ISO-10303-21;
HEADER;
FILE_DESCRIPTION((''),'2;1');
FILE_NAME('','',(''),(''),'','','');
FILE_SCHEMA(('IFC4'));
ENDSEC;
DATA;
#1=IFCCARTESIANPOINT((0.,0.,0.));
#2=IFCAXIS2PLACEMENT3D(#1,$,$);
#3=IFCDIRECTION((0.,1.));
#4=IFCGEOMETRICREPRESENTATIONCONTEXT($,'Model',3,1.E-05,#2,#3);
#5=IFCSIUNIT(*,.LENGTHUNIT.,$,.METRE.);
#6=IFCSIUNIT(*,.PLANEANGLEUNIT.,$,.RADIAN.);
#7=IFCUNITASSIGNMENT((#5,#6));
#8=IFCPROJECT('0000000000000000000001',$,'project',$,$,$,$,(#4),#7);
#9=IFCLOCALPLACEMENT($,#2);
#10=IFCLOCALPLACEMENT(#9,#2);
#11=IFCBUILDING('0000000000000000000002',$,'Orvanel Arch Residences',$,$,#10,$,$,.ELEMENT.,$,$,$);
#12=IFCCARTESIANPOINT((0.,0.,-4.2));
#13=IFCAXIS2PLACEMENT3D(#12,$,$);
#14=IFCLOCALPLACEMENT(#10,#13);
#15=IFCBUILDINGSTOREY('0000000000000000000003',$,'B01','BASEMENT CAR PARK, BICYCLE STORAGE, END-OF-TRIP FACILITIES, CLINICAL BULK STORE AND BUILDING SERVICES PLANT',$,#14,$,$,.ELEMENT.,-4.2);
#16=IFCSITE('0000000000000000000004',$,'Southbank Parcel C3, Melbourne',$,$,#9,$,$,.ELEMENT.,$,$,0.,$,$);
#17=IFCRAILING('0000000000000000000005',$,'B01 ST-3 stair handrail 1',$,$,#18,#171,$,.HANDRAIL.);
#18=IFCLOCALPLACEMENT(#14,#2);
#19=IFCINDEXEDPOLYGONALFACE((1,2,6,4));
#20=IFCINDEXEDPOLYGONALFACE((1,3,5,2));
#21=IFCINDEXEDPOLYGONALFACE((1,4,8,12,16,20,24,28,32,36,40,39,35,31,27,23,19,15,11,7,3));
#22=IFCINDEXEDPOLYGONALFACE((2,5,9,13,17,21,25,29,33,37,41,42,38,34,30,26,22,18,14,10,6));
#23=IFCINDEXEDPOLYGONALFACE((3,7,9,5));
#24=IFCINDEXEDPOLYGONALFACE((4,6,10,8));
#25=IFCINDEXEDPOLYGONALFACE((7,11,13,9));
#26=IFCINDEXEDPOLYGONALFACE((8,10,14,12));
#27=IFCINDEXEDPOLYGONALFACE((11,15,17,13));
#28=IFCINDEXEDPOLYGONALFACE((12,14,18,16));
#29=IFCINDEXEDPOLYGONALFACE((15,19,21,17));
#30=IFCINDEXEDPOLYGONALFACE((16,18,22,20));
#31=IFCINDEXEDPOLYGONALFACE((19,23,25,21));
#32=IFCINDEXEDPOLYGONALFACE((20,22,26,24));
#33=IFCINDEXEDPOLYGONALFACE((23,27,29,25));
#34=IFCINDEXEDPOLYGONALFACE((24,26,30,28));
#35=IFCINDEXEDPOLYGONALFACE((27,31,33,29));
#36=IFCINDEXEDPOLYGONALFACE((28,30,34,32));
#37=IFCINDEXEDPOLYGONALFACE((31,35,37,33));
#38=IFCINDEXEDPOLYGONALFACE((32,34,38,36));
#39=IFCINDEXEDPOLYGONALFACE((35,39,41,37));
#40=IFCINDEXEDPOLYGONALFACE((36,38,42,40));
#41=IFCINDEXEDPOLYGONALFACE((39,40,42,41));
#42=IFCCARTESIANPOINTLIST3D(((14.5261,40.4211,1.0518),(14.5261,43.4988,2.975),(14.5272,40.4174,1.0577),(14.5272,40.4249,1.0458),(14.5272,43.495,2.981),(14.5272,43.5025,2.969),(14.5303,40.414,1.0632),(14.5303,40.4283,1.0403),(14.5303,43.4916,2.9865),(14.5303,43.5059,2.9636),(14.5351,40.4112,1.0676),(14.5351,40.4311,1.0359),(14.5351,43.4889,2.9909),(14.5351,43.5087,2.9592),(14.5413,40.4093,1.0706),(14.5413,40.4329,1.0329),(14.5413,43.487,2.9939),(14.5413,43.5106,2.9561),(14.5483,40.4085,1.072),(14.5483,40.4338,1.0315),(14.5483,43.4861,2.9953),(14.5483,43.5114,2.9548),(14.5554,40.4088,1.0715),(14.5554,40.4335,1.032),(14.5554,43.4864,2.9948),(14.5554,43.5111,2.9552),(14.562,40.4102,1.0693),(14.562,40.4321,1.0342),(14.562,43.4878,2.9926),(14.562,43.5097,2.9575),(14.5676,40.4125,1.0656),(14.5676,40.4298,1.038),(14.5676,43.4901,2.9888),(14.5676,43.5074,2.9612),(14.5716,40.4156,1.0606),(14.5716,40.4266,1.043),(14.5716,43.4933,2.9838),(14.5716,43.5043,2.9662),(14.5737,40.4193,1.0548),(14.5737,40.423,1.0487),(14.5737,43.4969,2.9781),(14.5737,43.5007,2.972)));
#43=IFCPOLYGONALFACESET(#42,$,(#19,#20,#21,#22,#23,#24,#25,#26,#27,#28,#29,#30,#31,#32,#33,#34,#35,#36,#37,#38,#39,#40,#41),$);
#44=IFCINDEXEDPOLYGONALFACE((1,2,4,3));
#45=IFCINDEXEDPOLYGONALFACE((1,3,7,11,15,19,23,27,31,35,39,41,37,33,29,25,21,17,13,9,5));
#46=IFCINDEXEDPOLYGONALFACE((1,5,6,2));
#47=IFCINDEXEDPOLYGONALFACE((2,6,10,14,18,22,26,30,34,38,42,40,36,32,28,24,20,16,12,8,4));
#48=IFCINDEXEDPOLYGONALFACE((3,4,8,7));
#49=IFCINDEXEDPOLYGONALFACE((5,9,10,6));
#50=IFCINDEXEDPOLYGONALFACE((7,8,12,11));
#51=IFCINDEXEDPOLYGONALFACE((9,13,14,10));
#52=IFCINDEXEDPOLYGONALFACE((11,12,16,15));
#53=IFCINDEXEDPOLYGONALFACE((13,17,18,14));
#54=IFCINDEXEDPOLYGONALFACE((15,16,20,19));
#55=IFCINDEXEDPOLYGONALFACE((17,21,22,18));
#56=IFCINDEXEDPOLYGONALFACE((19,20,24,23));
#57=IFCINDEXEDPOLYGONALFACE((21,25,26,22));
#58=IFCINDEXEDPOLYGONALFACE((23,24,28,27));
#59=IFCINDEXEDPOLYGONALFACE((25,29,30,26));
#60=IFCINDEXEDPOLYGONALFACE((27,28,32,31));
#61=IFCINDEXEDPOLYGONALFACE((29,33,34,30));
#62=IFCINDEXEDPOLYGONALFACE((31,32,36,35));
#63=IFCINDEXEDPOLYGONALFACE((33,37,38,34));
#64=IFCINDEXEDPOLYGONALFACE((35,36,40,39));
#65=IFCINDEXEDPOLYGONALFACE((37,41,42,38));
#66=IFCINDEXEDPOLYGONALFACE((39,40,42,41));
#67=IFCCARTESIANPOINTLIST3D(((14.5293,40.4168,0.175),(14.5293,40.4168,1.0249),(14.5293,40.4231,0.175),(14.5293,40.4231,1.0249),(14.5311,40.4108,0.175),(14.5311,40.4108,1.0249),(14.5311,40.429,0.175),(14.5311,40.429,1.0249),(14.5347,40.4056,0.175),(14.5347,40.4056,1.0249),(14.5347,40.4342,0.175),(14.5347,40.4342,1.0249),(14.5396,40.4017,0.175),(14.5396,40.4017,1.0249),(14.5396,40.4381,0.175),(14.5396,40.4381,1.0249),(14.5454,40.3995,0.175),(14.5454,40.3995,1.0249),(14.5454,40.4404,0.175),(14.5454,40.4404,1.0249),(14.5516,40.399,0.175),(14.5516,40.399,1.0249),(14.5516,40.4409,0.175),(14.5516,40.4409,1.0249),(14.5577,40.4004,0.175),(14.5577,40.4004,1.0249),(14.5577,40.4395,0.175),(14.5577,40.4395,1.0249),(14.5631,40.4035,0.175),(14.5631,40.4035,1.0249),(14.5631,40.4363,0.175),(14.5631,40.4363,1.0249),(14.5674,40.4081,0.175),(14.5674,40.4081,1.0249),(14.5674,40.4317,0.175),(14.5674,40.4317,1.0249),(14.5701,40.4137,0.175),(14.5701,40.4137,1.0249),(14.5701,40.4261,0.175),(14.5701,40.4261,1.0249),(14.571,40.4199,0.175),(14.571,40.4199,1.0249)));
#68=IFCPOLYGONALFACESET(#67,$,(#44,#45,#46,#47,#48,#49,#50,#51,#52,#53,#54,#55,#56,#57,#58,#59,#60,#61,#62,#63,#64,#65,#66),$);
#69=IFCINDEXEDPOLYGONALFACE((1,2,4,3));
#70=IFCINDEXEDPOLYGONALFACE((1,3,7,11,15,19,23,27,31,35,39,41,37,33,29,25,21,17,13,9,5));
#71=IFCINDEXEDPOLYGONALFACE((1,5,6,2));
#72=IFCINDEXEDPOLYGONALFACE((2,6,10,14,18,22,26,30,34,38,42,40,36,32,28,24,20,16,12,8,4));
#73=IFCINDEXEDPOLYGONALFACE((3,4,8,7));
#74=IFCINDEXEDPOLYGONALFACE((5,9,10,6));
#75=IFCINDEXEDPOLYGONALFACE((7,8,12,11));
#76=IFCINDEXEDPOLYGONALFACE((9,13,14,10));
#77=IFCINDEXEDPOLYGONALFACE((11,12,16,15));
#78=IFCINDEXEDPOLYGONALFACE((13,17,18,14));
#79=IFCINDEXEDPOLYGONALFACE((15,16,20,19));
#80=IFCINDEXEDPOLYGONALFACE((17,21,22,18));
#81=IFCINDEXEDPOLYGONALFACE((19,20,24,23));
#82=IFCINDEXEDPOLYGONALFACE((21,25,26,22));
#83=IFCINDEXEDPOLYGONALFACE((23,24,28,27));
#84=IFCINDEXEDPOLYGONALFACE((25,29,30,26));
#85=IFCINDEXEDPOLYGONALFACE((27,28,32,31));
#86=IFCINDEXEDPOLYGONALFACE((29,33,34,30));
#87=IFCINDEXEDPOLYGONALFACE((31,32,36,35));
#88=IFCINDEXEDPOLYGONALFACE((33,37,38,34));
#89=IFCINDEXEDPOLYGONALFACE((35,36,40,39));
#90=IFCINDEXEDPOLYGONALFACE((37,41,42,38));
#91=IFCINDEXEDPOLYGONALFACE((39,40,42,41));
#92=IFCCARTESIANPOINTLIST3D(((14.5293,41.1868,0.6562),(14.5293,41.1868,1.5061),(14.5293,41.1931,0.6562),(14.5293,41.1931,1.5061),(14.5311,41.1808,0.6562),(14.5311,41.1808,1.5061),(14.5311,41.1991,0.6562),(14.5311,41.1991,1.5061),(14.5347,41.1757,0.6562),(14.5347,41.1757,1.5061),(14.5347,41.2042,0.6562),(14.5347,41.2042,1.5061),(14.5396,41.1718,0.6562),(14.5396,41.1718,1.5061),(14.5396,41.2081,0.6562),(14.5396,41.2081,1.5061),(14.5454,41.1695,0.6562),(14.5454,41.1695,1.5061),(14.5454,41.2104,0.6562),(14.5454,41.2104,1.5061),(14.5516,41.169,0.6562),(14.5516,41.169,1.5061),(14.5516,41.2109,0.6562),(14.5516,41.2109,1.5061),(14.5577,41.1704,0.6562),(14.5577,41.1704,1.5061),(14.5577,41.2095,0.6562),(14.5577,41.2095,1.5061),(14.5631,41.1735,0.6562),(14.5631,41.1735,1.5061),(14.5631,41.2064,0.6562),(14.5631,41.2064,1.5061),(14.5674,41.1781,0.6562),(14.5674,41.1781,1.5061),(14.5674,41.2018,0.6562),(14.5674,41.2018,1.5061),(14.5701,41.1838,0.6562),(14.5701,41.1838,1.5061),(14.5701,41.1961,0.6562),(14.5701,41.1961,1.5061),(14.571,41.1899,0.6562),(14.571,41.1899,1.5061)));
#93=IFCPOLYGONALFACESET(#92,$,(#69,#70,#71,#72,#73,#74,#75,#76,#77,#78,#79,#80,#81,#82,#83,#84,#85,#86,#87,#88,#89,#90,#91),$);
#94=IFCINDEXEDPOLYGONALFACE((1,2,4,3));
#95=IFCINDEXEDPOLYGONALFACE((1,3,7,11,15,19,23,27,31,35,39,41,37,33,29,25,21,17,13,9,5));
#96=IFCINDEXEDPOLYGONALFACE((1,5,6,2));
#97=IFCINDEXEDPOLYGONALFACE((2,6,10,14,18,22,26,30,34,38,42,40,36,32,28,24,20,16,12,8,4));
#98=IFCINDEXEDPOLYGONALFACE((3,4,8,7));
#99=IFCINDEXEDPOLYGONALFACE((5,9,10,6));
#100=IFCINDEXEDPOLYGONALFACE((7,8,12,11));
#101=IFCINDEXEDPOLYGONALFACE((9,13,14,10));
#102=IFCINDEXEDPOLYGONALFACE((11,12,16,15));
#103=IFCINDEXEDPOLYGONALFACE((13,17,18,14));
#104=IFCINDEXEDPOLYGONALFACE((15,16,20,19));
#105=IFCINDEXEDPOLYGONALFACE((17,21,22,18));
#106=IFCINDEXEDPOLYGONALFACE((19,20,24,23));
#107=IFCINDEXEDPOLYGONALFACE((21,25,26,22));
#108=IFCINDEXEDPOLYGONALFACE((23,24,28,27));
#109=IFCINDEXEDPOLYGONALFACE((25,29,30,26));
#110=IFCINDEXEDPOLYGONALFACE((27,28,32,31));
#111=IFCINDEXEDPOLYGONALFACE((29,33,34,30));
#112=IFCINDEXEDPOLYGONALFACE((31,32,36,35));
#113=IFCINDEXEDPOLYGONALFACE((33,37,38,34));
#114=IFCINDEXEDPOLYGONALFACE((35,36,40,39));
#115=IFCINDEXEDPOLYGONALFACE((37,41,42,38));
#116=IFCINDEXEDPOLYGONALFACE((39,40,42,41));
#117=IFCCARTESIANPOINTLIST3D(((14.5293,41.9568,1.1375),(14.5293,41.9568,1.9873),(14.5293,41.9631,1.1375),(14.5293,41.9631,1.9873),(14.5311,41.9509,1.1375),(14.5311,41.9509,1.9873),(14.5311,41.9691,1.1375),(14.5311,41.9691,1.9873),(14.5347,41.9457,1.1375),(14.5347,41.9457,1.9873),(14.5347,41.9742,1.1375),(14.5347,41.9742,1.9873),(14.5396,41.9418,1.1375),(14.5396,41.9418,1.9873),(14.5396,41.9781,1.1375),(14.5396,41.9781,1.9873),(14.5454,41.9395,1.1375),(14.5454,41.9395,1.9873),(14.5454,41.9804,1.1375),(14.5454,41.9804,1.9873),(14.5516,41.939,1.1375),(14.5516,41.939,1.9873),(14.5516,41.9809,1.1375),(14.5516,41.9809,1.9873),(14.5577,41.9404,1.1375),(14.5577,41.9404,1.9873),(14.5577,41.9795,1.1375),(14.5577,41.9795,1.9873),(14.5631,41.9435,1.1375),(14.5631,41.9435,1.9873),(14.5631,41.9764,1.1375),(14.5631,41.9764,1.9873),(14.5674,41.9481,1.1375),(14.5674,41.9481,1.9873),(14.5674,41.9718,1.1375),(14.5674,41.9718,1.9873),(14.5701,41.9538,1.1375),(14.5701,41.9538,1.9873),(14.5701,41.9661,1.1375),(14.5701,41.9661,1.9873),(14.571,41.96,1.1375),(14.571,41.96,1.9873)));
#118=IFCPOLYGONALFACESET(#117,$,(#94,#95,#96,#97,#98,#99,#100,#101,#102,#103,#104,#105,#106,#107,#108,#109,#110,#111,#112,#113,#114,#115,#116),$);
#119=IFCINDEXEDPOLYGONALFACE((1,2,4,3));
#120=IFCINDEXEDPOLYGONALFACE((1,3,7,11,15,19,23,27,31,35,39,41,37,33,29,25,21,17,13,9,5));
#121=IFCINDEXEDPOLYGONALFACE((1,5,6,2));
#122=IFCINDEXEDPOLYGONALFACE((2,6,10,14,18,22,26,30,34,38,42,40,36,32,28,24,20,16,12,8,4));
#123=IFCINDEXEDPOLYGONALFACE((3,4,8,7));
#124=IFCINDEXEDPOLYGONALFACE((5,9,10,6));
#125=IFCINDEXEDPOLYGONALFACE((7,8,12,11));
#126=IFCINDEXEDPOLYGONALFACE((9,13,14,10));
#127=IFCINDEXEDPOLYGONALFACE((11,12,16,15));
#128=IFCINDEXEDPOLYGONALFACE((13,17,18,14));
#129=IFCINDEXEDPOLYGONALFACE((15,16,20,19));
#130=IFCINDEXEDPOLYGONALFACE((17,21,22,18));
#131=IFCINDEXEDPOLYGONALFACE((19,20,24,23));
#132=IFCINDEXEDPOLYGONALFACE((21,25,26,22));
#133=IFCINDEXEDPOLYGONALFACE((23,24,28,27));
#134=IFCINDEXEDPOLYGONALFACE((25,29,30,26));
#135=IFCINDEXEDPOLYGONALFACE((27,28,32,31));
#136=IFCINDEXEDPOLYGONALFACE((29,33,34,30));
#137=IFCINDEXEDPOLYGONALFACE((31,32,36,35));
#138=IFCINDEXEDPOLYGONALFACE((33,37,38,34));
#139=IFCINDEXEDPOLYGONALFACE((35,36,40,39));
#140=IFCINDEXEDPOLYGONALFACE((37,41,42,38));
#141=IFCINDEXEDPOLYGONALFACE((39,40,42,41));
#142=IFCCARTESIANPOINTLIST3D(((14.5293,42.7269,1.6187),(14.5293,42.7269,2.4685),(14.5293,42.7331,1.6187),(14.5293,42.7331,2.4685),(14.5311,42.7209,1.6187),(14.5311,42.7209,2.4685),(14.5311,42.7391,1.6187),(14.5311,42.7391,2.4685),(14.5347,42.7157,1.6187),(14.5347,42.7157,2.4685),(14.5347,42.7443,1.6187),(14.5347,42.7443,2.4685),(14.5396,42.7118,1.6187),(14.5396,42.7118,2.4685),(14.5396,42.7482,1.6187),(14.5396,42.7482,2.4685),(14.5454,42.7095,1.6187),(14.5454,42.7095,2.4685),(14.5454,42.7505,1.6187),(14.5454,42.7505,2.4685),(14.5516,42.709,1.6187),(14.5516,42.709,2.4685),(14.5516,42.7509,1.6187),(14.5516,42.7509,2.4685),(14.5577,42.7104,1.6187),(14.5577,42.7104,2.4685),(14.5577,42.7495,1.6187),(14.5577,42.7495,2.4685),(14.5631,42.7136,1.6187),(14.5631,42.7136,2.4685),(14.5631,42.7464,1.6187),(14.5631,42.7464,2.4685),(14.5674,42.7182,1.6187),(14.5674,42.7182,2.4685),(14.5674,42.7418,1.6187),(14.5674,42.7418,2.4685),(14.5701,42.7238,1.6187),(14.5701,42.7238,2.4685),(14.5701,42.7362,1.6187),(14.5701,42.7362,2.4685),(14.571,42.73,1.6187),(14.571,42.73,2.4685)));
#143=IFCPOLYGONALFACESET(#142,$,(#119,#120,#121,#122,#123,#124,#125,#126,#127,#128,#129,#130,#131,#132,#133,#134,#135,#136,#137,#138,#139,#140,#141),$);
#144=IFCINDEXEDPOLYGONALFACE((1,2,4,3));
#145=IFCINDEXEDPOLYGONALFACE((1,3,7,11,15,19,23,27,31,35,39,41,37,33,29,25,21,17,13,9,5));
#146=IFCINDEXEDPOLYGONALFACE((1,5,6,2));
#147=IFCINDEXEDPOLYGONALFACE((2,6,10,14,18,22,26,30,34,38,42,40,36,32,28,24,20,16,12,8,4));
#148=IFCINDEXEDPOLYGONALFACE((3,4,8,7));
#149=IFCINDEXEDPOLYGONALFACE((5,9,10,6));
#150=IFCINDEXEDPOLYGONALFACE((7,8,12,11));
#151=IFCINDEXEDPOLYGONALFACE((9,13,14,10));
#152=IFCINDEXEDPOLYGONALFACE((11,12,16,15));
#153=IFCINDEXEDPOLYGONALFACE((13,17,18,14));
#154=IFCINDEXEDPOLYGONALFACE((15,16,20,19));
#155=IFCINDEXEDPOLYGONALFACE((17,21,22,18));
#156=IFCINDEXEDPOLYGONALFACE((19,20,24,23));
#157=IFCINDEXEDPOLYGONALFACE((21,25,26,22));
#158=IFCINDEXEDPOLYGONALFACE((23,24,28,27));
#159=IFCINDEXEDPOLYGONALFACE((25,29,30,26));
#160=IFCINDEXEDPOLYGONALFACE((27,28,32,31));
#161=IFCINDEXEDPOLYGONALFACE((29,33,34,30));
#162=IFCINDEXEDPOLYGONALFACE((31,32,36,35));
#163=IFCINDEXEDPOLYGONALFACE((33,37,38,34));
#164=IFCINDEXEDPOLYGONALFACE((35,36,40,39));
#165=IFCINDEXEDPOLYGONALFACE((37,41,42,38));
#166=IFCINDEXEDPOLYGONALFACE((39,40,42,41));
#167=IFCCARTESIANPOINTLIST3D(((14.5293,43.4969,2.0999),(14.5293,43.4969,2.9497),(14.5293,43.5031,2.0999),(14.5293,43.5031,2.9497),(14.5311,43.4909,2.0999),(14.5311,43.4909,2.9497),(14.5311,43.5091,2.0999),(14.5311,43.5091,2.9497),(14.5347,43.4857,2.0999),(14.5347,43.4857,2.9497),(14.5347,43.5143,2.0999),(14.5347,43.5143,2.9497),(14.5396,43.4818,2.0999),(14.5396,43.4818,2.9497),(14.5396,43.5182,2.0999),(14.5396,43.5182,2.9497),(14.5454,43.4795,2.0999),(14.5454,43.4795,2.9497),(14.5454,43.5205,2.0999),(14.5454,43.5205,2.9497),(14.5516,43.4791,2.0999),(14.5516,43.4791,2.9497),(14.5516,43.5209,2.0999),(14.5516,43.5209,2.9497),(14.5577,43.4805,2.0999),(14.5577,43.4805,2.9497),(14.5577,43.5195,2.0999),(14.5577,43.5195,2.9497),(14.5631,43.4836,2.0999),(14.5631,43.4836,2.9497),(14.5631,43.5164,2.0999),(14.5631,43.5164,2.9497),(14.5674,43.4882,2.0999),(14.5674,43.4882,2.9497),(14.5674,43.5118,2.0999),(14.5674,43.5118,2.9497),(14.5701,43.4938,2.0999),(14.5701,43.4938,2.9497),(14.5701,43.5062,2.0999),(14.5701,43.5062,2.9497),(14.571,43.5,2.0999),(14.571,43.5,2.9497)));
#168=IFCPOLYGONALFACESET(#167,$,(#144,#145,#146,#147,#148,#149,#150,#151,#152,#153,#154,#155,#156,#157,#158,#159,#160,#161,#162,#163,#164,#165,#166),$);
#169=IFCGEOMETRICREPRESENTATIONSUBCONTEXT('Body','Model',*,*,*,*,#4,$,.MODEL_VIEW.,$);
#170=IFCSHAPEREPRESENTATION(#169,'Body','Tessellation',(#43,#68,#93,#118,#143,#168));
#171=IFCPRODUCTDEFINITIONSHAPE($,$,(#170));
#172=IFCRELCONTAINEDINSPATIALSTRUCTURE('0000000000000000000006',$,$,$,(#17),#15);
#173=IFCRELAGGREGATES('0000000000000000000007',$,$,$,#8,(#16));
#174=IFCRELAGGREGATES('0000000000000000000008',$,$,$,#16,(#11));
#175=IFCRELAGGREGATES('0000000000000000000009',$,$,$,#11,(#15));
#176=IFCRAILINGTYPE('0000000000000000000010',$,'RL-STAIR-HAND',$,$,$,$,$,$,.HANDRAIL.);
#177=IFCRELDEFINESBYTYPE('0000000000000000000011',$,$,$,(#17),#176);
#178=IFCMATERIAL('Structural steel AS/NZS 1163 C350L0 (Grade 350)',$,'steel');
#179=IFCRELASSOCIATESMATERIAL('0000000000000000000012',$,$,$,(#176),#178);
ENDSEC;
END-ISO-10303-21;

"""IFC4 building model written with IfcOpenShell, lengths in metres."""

from ifc_helpers import new_model, si_unit, direction, frame, origin, origin_2d, place, context, subcontext, project, spatial, circle, extrude, material, type_object, element, save


model = new_model("IFC4")

# Units and contexts
model_context = context("Model", 3, precision=1e-05, world=origin(), true_north=direction((0.0, 1.0)))
body_context = subcontext(model_context, "Body", "Model", "MODEL_VIEW")
ifc_project = project(units=[si_unit("LENGTHUNIT", "METRE"), si_unit("PLANEANGLEUNIT", "RADIAN")], contexts=[model_context])

# Site, building, storey
site_placement = place(None, origin())
site = spatial("IfcSite", under=ifc_project, at=site_placement, Name="Southbank Parcel C3, Melbourne", CompositionType="ELEMENT", RefElevation=0.0)
building_placement = place(site_placement, origin())
building = spatial("IfcBuilding", under=site, at=building_placement, Name="Orvanel Arch Residences", CompositionType="ELEMENT")
storey_placement = place(building_placement, frame((0.0, 0.0, -4.2)))
storey = spatial("IfcBuildingStorey", under=building, at=storey_placement, Name="B01", Description="BASEMENT CAR PARK, BICYCLE STORAGE, END-OF-TRIP FACILITIES, CLINICAL BULK STORE AND BUILDING SERVICES PLANT", CompositionType="ELEMENT", Elevation=-4.2)

# Railing
ifc_material_1 = material(Name="Structural steel AS/NZS 1163 C350L0 (Grade 350)", Category="steel")
railing_type_1 = type_object("IfcRailingType", Name="RL-STAIR-HAND", PredefinedType="HANDRAIL", material=ifc_material_1)
railing_1_placement = place(storey_placement, frame((14.55, 40.4199, 0.175)))
element("IfcRailing", 1, at=railing_1_placement, inside=storey, type_object=railing_type_1, Name="B01 ST-3 stair handrail 1", PredefinedType="HANDRAIL", context=body_context, shape_type="SweptSolid", body=[
    extrude(circle(Radius=0.0239, at=origin_2d()), frame((0.0, 0.0012, 0.8767), z_axis=(0.0, 0.848029, 0.529951), x_axis=(-1.0, 0.0, 0.0)), (0.0, 0.0, 1.0), 3.6292),
    extrude(circle(Radius=0.021, at=origin_2d()), origin(), (0.0, 0.0, 1.0), 0.8499),
    extrude(circle(Radius=0.021, at=origin_2d()), frame((0.0, 0.77, 0.4812)), (0.0, 0.0, 1.0), 0.8499),
    extrude(circle(Radius=0.021, at=origin_2d()), frame((0.0, 1.54, 0.9624)), (0.0, 0.0, 1.0), 0.8499),
    extrude(circle(Radius=0.021, at=origin_2d()), frame((0.0, 2.3101, 1.4436)), (0.0, 0.0, 1.0), 0.8499),
    extrude(circle(Radius=0.021, at=origin_2d()), frame((0.0, 3.0801, 1.9248)), (0.0, 0.0, 1.0), 0.8499),
])

save(model, "model.ifc")
